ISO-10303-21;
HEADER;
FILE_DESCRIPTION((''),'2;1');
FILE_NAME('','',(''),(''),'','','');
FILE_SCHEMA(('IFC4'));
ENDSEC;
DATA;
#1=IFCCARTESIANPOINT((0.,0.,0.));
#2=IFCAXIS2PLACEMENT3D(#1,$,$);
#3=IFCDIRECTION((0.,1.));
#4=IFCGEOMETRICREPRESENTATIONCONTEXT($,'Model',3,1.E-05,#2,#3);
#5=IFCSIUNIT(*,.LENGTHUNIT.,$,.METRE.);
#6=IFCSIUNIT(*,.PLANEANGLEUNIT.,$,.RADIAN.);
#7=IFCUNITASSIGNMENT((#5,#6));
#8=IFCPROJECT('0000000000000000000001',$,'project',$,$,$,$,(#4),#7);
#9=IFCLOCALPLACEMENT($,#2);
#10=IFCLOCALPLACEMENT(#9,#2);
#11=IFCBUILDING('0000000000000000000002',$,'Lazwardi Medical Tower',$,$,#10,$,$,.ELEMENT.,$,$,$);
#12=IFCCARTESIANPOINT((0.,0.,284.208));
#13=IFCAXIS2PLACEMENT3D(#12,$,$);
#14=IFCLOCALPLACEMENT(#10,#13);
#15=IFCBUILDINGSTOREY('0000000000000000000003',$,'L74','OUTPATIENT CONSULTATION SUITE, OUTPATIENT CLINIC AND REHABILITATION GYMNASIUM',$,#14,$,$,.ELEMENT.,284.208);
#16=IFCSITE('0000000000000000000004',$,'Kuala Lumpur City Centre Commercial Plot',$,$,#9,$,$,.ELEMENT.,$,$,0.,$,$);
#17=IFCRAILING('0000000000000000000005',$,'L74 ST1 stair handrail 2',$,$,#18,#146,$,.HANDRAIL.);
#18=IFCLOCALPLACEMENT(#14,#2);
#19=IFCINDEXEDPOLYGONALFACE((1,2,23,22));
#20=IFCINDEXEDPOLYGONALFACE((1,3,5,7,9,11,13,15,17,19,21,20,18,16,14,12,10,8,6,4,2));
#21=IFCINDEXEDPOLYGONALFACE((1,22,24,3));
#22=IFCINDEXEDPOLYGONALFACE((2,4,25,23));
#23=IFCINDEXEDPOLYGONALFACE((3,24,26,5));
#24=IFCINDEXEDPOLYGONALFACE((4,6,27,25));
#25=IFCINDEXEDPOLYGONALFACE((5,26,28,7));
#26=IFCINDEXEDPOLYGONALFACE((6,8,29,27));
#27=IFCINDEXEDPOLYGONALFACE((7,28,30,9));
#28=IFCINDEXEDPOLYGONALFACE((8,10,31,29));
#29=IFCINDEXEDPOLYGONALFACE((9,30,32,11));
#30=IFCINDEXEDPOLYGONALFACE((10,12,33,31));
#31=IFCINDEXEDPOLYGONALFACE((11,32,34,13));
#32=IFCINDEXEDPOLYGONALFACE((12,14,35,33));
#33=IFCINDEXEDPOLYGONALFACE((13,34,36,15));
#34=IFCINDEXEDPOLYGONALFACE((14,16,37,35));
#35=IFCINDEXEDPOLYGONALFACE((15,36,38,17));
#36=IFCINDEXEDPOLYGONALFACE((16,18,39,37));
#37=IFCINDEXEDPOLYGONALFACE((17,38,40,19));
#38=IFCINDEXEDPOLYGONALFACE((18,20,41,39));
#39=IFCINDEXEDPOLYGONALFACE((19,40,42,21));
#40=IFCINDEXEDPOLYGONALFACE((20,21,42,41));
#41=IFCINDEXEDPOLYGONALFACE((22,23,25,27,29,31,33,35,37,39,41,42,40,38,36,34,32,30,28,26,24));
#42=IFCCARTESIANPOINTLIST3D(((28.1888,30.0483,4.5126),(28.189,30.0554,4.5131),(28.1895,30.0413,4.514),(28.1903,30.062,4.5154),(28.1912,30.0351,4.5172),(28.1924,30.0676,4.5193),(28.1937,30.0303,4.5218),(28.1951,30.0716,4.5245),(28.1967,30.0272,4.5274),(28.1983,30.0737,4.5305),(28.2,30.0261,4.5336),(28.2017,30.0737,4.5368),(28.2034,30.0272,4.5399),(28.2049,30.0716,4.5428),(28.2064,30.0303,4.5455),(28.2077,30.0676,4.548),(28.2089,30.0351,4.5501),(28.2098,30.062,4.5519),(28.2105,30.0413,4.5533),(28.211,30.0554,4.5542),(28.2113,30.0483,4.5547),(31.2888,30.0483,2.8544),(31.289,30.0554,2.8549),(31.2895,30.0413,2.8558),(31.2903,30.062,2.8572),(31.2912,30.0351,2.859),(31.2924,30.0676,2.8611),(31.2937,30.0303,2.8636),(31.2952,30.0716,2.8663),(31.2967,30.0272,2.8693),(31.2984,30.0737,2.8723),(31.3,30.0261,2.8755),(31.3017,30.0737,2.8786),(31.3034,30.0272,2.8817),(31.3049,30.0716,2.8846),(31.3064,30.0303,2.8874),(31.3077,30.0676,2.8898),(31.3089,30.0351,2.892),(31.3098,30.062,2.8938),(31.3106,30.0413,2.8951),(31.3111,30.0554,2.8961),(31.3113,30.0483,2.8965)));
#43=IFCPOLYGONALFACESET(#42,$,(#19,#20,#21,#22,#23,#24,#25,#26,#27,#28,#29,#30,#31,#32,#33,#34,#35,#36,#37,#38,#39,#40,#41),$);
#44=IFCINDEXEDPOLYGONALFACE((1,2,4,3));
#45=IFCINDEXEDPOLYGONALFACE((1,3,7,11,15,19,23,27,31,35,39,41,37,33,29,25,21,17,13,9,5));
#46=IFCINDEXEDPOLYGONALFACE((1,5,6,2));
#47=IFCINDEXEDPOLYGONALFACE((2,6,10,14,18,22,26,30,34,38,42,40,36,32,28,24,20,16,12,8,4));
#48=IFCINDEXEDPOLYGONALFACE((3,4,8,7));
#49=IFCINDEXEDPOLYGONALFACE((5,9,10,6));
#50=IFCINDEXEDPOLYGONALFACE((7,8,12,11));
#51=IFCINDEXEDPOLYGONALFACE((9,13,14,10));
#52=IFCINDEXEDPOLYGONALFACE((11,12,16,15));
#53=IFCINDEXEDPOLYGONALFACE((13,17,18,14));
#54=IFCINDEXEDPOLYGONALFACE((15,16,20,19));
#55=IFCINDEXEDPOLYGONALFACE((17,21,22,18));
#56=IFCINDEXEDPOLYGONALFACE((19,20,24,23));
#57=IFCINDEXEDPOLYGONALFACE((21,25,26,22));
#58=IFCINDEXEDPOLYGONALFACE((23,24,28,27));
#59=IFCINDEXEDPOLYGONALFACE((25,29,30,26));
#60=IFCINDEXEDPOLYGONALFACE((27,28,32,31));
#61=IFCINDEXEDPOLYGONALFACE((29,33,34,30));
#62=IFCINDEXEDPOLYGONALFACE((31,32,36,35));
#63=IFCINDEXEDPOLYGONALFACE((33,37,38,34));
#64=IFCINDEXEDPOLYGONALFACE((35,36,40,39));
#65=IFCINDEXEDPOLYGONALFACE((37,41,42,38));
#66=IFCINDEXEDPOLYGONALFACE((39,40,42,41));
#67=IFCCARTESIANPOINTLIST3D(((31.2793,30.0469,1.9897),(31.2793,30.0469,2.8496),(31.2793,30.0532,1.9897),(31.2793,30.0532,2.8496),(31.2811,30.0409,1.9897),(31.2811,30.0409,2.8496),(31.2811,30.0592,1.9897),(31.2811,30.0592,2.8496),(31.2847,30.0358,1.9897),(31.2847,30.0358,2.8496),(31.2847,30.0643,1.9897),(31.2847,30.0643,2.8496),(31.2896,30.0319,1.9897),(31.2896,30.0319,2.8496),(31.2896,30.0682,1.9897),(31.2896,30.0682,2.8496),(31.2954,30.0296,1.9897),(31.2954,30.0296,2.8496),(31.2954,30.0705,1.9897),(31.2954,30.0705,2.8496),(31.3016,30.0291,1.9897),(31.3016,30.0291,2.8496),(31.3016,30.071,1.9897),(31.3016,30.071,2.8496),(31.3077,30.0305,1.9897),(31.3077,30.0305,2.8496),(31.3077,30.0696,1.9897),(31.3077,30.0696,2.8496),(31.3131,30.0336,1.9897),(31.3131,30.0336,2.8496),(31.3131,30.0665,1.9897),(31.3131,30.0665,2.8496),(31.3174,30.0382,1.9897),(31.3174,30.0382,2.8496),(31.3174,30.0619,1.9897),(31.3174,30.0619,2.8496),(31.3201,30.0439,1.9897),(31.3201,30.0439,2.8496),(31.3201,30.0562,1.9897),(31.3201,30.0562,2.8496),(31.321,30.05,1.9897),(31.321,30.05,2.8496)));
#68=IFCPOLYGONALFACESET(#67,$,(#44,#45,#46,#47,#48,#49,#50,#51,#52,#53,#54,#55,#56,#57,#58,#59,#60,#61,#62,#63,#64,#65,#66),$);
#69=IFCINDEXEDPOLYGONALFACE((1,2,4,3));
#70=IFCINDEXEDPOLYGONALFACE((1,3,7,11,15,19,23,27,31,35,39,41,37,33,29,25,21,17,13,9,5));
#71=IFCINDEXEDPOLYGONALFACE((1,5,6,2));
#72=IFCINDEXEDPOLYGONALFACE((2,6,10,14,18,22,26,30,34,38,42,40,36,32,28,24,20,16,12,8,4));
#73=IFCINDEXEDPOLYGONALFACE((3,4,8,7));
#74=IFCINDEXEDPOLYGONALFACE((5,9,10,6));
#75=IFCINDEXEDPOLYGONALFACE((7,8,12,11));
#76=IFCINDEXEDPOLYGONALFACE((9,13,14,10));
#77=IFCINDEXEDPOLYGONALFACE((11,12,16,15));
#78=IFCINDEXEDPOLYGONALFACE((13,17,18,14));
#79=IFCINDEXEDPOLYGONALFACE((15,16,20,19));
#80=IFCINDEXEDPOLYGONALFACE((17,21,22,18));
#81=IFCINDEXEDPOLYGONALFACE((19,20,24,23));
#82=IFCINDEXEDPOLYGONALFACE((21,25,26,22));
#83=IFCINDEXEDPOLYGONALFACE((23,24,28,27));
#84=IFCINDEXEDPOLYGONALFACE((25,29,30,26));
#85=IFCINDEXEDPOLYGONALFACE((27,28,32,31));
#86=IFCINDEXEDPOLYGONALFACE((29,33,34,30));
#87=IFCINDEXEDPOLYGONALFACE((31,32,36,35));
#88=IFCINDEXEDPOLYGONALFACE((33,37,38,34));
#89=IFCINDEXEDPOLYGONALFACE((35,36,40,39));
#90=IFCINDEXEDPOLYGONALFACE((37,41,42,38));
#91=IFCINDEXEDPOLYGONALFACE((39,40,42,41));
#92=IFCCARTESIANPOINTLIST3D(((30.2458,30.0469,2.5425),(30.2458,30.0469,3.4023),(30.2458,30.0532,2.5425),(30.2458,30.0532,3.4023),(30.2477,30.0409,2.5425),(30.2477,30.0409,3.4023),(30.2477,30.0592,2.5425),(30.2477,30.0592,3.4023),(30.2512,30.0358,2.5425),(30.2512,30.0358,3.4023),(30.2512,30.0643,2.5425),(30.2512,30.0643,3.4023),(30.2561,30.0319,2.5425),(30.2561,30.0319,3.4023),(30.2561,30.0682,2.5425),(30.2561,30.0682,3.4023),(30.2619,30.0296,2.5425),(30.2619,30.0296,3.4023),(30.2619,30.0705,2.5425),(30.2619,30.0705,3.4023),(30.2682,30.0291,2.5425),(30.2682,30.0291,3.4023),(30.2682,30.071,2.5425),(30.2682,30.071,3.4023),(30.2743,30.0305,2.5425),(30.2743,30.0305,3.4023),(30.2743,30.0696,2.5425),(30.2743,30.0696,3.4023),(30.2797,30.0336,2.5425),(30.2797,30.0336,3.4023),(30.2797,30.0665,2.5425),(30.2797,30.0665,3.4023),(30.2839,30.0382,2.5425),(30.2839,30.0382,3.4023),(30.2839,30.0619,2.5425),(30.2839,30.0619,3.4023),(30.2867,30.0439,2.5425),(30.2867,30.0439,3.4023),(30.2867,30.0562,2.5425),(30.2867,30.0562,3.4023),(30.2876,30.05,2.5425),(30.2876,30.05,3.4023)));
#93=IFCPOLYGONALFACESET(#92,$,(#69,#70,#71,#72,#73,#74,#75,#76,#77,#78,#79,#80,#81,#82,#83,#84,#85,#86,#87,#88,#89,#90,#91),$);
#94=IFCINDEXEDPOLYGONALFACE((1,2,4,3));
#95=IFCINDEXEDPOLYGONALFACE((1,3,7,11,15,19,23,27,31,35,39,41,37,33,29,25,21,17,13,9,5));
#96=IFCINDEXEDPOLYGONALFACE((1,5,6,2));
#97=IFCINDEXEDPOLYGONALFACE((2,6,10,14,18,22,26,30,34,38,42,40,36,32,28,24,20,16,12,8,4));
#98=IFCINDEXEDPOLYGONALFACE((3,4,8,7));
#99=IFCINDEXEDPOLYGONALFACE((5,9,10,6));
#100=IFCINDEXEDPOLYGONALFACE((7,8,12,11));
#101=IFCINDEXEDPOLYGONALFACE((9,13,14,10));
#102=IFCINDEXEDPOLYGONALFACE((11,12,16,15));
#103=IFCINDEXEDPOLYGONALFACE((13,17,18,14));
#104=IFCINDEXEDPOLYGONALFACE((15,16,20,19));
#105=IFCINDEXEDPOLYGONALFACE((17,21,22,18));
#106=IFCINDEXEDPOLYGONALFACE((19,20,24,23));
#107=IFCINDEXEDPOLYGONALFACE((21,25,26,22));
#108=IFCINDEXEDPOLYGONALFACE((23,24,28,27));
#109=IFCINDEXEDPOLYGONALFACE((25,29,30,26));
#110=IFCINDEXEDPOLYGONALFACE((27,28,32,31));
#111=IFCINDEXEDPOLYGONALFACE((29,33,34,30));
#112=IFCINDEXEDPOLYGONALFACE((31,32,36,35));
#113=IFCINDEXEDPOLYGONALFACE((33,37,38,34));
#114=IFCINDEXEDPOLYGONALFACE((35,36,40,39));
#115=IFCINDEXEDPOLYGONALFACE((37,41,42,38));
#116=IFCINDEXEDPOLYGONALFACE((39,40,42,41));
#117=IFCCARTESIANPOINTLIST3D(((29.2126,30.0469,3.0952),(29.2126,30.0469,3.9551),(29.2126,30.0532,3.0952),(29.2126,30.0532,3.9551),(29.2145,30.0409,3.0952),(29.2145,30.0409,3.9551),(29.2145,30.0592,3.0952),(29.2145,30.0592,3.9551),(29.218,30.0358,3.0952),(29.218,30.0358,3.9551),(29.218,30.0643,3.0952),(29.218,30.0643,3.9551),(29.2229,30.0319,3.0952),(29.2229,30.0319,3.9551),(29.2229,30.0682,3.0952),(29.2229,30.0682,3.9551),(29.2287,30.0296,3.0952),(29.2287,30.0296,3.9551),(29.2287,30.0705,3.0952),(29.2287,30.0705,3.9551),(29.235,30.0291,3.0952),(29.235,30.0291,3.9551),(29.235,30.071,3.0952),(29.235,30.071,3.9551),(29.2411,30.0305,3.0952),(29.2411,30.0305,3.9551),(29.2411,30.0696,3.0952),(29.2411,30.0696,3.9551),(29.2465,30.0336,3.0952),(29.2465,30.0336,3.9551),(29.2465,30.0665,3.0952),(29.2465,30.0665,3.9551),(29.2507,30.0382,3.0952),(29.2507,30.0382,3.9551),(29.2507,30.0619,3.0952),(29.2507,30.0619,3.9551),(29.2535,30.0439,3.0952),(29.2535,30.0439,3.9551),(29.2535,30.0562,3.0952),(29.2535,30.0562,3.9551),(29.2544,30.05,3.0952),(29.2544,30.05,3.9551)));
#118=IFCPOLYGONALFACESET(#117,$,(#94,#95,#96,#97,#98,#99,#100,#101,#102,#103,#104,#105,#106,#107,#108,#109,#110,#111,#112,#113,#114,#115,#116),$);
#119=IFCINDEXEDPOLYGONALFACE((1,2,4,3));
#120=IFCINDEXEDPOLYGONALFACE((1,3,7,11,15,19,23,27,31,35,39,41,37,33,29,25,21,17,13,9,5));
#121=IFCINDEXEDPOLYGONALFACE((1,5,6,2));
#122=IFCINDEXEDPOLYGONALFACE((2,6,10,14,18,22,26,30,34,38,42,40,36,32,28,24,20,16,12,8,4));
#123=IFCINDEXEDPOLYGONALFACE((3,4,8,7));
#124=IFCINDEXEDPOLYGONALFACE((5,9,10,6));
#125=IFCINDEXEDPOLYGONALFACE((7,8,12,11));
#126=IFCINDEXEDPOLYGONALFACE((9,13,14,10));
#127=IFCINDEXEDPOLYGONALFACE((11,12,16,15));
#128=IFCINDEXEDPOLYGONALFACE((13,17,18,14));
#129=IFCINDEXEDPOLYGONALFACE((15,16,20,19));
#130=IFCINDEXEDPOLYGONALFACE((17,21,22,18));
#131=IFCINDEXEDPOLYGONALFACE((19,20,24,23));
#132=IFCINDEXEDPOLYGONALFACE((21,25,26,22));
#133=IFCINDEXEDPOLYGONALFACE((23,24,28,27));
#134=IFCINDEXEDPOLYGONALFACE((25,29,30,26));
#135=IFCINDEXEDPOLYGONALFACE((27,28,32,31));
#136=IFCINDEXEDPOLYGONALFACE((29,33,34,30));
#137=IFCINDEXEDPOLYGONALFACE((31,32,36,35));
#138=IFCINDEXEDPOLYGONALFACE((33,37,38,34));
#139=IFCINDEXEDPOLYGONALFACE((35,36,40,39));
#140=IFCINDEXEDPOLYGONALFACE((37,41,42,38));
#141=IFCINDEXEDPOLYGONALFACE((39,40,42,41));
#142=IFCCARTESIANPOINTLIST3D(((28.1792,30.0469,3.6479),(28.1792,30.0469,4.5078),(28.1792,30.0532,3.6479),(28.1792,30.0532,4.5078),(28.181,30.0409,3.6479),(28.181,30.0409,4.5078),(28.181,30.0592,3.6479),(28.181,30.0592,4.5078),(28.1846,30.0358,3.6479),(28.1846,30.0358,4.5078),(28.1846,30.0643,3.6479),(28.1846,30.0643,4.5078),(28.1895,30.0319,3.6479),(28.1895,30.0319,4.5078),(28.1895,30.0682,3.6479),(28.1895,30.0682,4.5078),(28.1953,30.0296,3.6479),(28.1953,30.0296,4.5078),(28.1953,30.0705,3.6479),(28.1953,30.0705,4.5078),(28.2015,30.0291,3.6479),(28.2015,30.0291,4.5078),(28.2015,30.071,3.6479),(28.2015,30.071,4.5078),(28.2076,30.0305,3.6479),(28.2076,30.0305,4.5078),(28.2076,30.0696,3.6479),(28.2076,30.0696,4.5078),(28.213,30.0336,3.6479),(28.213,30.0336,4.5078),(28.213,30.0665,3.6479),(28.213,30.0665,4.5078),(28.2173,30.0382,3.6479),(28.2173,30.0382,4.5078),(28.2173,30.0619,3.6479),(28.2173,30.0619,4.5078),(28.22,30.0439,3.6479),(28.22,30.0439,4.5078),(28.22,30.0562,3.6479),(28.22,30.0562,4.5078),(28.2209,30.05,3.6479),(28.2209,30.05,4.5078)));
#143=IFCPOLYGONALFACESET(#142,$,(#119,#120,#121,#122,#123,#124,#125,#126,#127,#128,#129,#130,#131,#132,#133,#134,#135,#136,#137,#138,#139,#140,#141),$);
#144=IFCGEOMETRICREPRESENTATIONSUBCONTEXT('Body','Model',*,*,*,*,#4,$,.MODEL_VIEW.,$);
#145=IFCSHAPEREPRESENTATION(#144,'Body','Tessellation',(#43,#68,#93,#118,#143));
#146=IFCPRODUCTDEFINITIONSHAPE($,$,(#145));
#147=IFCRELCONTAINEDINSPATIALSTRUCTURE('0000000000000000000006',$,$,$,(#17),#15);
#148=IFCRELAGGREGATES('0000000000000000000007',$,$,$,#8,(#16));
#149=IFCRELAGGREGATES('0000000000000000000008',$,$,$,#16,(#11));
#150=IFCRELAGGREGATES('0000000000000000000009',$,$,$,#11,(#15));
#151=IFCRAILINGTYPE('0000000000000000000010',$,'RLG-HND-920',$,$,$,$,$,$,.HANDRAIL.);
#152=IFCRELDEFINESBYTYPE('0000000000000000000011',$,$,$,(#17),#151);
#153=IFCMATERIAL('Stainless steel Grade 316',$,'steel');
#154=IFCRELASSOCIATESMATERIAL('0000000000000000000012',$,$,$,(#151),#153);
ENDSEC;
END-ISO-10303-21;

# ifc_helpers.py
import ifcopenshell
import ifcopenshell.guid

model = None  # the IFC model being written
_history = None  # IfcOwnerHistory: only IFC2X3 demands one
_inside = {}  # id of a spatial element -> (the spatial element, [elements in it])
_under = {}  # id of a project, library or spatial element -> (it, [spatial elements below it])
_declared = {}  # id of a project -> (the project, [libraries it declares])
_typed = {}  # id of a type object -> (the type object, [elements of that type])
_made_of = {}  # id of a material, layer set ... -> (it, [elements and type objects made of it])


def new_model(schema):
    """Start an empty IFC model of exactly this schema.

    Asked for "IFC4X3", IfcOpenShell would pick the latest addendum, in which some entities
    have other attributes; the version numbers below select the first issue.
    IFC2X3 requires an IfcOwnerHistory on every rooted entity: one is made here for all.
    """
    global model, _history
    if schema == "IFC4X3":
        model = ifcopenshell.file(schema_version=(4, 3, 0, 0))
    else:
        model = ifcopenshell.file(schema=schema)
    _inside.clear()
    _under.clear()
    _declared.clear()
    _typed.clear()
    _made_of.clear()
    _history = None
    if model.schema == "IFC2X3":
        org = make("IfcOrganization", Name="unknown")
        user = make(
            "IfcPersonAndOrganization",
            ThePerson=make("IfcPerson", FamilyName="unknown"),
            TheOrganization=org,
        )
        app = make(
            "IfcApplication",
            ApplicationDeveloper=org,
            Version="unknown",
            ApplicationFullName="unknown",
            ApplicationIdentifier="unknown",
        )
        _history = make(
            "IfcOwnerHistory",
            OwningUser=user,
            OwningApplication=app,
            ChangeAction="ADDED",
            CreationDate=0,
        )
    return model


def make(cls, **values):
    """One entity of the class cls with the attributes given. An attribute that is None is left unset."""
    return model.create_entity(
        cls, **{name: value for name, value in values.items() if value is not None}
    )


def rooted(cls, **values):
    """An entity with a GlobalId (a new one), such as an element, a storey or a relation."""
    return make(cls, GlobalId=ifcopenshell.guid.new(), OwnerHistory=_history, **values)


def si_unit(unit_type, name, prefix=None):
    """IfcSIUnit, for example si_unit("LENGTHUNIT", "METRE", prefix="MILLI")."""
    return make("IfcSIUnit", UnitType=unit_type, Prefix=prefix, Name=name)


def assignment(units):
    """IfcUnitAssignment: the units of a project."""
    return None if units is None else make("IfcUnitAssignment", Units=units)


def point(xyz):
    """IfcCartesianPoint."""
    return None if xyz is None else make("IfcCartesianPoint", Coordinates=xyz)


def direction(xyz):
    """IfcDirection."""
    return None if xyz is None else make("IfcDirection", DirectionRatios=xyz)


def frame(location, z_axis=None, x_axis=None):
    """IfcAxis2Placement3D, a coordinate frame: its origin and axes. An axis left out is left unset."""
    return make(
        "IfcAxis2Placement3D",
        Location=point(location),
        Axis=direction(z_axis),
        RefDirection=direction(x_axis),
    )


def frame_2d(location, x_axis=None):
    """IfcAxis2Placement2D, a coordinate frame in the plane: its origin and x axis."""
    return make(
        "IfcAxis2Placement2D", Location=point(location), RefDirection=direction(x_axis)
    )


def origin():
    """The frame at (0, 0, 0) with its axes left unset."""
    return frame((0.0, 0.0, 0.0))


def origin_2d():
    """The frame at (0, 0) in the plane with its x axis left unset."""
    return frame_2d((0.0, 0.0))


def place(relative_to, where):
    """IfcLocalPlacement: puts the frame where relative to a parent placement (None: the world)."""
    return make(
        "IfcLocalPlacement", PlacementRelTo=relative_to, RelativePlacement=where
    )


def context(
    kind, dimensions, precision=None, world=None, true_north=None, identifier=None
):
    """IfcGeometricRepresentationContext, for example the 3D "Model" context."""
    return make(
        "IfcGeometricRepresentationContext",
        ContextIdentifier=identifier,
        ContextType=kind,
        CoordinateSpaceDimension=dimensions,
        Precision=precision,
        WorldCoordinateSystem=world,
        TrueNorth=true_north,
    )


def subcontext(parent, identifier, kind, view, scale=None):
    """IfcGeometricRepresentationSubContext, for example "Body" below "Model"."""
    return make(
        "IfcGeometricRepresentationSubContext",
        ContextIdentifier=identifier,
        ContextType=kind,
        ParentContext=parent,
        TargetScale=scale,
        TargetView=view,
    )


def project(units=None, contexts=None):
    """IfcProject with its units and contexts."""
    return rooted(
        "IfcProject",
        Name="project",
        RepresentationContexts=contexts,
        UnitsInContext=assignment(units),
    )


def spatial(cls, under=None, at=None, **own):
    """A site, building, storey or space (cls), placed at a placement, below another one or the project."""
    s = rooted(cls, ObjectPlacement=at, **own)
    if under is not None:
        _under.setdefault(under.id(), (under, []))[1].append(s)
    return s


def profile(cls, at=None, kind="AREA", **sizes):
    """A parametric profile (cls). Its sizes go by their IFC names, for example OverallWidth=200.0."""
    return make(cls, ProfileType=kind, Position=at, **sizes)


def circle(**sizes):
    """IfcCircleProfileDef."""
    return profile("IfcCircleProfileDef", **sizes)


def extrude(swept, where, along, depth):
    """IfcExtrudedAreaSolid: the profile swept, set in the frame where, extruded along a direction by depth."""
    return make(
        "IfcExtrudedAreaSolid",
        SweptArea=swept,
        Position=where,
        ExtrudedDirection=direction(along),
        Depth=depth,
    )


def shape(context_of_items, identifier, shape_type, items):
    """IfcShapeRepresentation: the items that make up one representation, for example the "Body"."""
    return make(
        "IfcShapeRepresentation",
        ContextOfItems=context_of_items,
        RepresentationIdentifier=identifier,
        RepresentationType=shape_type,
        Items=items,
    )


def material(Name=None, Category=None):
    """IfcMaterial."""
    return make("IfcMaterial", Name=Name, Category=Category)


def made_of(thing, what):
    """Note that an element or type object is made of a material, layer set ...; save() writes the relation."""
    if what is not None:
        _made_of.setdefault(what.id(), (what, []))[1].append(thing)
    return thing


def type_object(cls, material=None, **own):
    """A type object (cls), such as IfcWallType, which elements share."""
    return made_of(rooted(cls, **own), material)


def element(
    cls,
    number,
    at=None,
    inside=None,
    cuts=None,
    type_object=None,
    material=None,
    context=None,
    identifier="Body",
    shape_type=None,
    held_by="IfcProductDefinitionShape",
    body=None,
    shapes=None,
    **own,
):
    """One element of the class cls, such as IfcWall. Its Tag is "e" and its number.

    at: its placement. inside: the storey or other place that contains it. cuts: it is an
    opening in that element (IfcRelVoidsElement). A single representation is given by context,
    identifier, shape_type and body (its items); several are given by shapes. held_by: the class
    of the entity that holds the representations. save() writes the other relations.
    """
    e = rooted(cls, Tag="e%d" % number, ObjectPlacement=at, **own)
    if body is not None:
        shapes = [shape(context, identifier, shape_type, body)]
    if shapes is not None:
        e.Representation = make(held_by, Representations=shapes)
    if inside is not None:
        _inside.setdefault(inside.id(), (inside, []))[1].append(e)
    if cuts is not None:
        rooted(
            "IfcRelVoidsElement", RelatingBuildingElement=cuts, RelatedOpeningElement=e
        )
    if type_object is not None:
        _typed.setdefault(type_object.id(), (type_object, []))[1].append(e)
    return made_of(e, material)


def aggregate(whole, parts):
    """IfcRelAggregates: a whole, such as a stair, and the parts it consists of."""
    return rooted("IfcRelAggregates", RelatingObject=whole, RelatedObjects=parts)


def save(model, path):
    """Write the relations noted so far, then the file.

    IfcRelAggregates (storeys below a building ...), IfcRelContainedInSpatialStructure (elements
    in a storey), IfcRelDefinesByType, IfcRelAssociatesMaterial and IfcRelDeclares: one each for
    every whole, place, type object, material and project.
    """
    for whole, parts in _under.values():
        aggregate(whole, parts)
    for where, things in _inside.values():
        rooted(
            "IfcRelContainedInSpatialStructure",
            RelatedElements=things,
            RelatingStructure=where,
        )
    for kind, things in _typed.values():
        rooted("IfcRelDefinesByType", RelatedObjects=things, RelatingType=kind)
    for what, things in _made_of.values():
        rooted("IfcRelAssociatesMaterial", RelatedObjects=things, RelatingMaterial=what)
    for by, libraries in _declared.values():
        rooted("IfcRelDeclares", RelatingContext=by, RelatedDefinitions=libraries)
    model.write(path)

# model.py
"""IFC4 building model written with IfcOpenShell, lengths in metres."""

from ifc_helpers import new_model, si_unit, direction, frame, origin, origin_2d, place, context, subcontext, project, spatial, circle, extrude, material, type_object, element, save


model = new_model("IFC4")

# Units and contexts
model_context = context("Model", 3, precision=1e-05, world=origin(), true_north=direction((0.0, 1.0)))
body_context = subcontext(model_context, "Body", "Model", "MODEL_VIEW")
ifc_project = project(units=[si_unit("LENGTHUNIT", "METRE"), si_unit("PLANEANGLEUNIT", "RADIAN")], contexts=[model_context])

# Site, building, storey
site_placement = place(None, origin())
site = spatial("IfcSite", under=ifc_project, at=site_placement, Name="Kuala Lumpur City Centre Commercial Plot", CompositionType="ELEMENT", RefElevation=0.0)
building_placement = place(site_placement, origin())
building = spatial("IfcBuilding", under=site, at=building_placement, Name="Lazwardi Medical Tower", CompositionType="ELEMENT")
storey_placement = place(building_placement, frame((0.0, 0.0, 284.208)))
storey = spatial("IfcBuildingStorey", under=building, at=storey_placement, Name="L74", Description="OUTPATIENT CONSULTATION SUITE, OUTPATIENT CLINIC AND REHABILITATION GYMNASIUM", CompositionType="ELEMENT", Elevation=284.208)

# Railing
ifc_material_1 = material(Name="Stainless steel Grade 316", Category="steel")
railing_type_1 = type_object("IfcRailingType", Name="RLG-HND-920", PredefinedType="HANDRAIL", material=ifc_material_1)
railing_1_placement = place(storey_placement, frame((31.3, 30.05, 1.9897)))
element("IfcRailing", 1, at=railing_1_placement, inside=storey, type_object=railing_type_1, Name="L74 ST1 stair handrail 2", PredefinedType="HANDRAIL", context=body_context, shape_type="SweptSolid", body=[
    extrude(circle(Radius=0.0239, at=origin_2d()), frame((0.0, 0.0, 0.8857), z_axis=(-0.881783, 0.0, 0.471655), x_axis=(0.0, -1.0, 0.0)), (0.0, 0.0, 1.0), 3.5156),
    extrude(circle(Radius=0.021, at=origin_2d()), origin(), (0.0, 0.0, 1.0), 0.8599),
    extrude(circle(Radius=0.021, at=origin_2d()), frame((-1.0334, 0.0, 0.5527)), (0.0, 0.0, 1.0), 0.8599),
    extrude(circle(Radius=0.021, at=origin_2d()), frame((-2.0667, 0.0, 1.1055)), (0.0, 0.0, 1.0), 0.8599),
    extrude(circle(Radius=0.021, at=origin_2d()), frame((-3.1001, 0.0, 1.6582)), (0.0, 0.0, 1.0), 0.8599),
])

save(model, "model.ifc")
